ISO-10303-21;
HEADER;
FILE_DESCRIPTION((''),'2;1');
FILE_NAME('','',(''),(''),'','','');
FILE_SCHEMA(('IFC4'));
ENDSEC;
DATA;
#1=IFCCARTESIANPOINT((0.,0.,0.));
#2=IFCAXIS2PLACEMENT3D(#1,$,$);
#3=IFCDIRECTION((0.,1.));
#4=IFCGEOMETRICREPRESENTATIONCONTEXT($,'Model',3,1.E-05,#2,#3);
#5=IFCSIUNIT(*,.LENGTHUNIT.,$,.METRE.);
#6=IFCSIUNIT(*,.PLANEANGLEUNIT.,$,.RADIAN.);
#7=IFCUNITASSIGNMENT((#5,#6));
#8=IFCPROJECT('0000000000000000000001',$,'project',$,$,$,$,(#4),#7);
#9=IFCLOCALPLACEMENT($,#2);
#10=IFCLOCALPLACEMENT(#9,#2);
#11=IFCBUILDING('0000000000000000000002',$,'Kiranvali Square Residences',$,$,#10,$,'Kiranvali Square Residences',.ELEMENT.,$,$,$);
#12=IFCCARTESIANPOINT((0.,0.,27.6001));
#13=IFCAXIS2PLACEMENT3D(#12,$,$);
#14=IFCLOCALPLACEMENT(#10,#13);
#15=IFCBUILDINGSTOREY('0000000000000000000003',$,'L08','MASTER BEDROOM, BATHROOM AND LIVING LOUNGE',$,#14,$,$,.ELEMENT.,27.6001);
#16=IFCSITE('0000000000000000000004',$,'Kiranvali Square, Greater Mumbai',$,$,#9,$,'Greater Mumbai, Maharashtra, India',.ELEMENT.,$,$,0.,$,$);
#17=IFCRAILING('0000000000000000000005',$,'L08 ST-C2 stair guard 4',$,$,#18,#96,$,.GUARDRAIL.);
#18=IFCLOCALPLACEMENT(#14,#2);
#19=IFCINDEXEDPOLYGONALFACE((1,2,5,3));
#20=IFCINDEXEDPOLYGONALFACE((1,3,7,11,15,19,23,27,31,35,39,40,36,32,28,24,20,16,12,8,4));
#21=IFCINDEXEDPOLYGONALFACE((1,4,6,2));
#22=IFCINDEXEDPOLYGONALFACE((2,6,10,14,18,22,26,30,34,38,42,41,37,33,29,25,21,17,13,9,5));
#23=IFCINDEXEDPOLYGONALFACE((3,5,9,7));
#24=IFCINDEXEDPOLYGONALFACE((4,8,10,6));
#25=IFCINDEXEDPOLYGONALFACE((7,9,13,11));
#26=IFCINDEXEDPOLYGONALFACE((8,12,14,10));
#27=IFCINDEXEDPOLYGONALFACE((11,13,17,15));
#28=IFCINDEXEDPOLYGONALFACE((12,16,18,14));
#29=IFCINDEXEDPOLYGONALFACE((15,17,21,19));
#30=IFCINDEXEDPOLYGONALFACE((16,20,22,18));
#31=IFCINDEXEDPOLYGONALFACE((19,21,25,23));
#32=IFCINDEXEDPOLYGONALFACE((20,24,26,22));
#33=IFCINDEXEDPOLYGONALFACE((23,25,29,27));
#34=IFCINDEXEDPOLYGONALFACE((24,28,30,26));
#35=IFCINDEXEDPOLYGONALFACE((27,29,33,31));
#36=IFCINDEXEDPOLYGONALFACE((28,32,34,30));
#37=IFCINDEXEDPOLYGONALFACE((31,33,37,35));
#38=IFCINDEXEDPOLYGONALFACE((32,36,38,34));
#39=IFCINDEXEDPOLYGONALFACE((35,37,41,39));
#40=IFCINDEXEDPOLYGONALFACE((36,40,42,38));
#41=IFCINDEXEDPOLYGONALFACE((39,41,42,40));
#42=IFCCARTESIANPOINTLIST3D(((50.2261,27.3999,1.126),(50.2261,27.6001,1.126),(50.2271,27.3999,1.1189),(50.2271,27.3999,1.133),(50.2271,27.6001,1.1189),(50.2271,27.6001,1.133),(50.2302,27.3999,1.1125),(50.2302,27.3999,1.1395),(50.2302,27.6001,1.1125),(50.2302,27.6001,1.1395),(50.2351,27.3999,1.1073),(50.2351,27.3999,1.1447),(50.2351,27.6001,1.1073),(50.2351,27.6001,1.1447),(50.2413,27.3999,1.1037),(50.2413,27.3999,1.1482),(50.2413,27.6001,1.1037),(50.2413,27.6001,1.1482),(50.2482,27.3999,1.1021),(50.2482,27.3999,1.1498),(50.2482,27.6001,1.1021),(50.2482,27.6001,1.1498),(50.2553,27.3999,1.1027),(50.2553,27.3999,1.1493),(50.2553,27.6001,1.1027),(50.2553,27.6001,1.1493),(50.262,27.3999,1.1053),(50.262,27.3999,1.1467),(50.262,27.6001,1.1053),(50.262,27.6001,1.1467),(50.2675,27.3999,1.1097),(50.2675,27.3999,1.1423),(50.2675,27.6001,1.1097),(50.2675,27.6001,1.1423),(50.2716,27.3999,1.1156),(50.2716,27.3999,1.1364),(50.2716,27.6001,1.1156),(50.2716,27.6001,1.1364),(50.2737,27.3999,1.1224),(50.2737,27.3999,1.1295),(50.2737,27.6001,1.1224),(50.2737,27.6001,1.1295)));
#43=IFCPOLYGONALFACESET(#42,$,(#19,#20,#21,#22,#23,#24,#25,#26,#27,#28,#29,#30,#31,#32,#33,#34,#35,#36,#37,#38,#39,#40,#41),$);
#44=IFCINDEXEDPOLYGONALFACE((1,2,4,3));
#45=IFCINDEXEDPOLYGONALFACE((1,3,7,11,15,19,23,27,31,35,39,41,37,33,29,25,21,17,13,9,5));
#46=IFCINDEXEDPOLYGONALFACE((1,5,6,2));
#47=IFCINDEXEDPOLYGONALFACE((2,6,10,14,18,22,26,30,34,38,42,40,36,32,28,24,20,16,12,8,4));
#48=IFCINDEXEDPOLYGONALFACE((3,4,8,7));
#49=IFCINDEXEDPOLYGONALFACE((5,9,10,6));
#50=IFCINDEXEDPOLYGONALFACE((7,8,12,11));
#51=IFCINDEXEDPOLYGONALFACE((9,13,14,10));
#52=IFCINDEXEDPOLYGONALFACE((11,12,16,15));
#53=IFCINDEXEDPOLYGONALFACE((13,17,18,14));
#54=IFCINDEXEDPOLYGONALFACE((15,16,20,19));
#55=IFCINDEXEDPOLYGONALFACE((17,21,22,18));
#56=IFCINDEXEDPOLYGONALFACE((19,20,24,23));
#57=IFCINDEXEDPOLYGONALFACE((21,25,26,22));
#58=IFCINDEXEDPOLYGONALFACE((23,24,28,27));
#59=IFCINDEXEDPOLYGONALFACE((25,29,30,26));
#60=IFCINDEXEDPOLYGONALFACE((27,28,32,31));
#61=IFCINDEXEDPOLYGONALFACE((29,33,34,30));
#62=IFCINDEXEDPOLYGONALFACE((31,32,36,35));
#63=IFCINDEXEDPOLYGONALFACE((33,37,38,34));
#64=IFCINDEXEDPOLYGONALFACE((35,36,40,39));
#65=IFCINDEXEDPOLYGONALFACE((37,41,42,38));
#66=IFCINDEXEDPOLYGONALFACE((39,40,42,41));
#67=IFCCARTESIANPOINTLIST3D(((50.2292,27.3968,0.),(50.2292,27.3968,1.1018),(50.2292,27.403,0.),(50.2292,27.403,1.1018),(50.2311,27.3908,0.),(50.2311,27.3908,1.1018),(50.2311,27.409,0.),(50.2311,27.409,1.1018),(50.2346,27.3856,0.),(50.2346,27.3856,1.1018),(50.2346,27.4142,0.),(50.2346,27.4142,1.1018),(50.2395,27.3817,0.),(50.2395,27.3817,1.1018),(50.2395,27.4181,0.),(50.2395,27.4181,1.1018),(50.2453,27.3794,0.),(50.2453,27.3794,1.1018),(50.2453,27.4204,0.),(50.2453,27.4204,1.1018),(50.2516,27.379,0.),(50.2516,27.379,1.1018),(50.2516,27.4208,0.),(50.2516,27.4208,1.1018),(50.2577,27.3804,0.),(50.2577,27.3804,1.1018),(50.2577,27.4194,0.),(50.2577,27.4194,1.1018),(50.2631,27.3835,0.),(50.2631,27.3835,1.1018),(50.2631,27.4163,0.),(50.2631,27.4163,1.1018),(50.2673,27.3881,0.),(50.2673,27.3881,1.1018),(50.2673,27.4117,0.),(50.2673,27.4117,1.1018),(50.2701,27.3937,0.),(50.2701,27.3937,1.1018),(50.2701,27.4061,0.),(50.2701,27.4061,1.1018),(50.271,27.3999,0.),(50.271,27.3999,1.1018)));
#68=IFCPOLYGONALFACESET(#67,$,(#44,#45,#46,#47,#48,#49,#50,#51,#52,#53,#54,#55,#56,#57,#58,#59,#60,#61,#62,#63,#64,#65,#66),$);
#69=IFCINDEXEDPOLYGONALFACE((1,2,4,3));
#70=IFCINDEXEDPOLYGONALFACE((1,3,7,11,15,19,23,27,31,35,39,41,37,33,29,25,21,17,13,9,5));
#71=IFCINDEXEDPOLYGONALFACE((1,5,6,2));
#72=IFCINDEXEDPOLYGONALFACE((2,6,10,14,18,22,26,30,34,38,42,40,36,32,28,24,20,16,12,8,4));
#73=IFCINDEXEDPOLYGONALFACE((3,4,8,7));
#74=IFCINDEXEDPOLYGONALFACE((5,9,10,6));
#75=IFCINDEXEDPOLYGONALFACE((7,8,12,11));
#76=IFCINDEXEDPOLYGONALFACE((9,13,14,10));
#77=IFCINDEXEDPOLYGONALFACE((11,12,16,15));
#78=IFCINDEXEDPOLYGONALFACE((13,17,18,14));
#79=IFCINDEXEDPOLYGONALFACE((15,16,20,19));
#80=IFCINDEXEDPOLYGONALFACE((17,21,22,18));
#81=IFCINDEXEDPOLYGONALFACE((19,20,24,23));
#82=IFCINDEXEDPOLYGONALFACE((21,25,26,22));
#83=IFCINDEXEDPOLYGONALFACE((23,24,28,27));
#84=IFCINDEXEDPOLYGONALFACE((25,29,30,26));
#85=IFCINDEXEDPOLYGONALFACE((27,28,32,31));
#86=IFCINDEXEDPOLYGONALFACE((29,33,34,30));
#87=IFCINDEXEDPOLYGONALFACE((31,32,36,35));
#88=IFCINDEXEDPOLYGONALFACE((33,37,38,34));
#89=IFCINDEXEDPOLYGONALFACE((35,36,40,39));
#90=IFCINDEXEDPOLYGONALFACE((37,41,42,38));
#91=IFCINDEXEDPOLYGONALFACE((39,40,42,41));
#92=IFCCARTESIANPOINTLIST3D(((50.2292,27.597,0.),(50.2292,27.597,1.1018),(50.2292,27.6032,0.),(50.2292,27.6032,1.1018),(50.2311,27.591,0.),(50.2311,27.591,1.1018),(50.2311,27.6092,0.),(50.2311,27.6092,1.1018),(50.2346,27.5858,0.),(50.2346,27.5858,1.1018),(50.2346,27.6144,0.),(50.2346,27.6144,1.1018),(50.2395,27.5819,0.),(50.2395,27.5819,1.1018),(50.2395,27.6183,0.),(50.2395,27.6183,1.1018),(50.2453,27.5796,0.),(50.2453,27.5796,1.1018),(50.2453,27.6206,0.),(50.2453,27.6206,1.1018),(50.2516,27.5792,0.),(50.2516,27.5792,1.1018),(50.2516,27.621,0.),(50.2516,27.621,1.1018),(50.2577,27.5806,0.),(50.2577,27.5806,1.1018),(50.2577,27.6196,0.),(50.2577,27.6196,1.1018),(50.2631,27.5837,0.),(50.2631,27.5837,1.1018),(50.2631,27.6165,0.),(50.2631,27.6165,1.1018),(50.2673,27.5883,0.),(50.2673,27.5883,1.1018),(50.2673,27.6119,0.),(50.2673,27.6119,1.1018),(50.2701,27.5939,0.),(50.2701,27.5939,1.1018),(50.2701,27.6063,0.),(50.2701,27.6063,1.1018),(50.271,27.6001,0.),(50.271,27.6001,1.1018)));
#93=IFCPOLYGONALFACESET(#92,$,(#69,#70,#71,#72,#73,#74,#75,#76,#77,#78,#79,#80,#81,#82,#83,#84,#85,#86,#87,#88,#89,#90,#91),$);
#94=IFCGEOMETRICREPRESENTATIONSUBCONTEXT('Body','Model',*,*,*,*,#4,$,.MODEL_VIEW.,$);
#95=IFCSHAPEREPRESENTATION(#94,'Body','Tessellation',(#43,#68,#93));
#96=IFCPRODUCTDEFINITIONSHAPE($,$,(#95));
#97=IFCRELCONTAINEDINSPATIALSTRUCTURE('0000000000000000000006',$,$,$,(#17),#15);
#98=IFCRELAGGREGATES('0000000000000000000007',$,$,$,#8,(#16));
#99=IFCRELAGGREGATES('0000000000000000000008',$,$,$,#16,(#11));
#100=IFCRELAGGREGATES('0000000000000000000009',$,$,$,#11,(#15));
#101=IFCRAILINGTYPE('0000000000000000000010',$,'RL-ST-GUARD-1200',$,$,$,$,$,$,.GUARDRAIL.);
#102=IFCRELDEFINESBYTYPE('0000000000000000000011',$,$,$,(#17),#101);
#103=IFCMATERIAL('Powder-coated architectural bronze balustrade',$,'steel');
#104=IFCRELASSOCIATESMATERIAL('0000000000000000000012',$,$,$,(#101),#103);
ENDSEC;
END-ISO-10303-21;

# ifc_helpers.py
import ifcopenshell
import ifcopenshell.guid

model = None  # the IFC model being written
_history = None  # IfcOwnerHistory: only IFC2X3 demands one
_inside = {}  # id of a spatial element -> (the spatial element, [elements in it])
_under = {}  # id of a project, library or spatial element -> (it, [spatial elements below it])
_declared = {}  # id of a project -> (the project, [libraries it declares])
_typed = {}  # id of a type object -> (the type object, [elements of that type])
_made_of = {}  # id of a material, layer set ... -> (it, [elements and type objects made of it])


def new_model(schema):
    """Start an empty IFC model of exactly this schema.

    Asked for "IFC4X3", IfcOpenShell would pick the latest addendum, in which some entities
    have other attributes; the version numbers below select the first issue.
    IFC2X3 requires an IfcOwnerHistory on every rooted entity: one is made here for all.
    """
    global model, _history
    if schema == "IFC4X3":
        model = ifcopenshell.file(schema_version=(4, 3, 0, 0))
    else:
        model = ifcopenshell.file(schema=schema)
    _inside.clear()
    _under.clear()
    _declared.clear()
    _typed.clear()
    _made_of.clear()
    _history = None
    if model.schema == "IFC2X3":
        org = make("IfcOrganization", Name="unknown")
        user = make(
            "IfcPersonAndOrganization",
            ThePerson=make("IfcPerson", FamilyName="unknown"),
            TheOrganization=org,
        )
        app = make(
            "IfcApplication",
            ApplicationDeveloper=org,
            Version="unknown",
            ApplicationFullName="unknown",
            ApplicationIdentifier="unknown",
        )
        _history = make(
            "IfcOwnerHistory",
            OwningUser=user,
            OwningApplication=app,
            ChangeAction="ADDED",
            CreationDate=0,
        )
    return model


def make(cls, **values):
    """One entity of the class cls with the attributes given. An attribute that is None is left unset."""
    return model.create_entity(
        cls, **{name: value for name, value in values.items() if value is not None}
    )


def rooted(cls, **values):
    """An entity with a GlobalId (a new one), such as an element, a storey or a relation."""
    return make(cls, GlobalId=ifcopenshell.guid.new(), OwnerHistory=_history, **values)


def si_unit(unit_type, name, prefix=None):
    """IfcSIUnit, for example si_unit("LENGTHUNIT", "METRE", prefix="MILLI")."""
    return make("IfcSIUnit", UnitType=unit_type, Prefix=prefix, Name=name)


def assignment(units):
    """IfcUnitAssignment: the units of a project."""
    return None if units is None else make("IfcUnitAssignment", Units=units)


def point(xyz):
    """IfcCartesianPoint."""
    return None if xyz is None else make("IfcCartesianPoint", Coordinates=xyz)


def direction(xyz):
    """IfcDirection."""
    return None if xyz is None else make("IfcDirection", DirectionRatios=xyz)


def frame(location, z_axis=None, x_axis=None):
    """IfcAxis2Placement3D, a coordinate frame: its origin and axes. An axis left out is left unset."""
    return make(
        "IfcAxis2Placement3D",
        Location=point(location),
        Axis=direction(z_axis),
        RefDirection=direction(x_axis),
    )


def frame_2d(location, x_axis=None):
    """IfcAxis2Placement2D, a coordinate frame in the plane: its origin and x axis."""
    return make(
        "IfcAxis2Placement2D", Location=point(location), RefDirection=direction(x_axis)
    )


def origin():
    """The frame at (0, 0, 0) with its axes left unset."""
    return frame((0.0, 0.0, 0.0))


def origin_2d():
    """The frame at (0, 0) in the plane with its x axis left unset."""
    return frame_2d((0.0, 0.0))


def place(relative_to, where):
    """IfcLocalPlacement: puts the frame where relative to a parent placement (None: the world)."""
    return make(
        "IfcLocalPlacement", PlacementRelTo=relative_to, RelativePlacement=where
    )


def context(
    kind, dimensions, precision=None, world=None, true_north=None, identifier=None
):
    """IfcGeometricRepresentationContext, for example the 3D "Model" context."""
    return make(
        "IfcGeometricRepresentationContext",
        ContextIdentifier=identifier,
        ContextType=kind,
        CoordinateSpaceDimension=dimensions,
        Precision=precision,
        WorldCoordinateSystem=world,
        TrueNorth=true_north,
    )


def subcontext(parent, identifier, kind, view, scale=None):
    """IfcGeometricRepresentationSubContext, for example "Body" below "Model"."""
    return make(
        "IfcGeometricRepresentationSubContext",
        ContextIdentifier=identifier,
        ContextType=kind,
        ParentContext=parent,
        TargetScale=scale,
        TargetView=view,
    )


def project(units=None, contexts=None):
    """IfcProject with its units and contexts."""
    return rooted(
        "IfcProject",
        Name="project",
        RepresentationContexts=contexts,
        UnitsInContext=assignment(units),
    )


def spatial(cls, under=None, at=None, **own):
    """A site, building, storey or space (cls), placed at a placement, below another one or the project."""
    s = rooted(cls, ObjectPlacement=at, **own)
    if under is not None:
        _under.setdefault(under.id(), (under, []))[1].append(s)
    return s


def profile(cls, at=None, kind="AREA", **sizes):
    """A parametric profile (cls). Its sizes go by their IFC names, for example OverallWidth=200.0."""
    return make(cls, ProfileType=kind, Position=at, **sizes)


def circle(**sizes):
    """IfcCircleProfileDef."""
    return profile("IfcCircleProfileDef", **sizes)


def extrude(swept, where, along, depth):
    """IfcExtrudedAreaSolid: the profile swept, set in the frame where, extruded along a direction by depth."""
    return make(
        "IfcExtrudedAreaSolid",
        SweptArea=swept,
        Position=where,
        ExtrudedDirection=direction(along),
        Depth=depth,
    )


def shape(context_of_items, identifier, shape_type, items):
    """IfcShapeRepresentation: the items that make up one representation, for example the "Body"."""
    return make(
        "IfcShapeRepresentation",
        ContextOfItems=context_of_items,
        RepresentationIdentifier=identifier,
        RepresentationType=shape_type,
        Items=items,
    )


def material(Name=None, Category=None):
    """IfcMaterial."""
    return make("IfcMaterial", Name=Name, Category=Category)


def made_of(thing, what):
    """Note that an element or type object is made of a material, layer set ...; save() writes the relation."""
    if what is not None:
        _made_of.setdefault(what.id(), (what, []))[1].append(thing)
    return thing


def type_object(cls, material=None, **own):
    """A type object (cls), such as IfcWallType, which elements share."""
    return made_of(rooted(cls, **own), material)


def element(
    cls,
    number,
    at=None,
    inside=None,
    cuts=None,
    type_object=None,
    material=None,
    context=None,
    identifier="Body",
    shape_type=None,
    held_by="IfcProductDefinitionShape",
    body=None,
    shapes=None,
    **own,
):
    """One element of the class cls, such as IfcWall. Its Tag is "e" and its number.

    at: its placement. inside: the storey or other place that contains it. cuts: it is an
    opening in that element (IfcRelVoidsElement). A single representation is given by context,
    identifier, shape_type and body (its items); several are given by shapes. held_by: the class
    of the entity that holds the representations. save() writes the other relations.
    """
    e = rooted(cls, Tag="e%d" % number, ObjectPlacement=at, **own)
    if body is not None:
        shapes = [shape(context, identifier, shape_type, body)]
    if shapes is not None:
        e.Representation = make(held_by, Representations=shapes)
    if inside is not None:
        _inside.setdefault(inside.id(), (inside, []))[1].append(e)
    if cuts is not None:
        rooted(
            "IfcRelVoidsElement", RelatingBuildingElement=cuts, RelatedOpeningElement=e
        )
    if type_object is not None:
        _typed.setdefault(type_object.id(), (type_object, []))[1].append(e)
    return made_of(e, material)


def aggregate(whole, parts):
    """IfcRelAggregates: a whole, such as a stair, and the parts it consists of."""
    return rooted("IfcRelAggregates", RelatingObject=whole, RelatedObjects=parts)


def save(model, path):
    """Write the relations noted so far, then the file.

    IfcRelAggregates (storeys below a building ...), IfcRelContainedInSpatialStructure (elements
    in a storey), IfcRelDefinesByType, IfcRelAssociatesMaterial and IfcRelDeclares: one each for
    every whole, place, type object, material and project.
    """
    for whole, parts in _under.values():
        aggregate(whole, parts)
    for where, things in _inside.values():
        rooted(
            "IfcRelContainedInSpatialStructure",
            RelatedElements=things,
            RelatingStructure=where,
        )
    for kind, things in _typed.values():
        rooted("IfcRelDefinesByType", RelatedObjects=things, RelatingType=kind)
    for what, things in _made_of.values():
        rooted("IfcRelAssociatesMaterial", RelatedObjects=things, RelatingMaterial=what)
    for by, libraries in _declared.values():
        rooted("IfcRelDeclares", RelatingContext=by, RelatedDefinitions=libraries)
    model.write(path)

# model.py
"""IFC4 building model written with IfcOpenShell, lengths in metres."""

from ifc_helpers import new_model, si_unit, direction, frame, origin, origin_2d, place, context, subcontext, project, spatial, circle, extrude, material, type_object, element, save


model = new_model("IFC4")

# Units and contexts
model_context = context("Model", 3, precision=1e-05, world=origin(), true_north=direction((0.0, 1.0)))
body_context = subcontext(model_context, "Body", "Model", "MODEL_VIEW")
ifc_project = project(units=[si_unit("LENGTHUNIT", "METRE"), si_unit("PLANEANGLEUNIT", "RADIAN")], contexts=[model_context])

# Site, building, storey
site_placement = place(None, origin())
site = spatial("IfcSite", under=ifc_project, at=site_placement, Name="Kiranvali Square, Greater Mumbai", LongName="Greater Mumbai, Maharashtra, India", CompositionType="ELEMENT", RefElevation=0.0)
building_placement = place(site_placement, origin())
building = spatial("IfcBuilding", under=site, at=building_placement, Name="Kiranvali Square Residences", LongName="Kiranvali Square Residences", CompositionType="ELEMENT")
storey_placement = place(building_placement, frame((0.0, 0.0, 27.6001)))
storey = spatial("IfcBuildingStorey", under=building, at=storey_placement, Name="L08", Description="MASTER BEDROOM, BATHROOM AND LIVING LOUNGE", CompositionType="ELEMENT", Elevation=27.6001)

# Railing
ifc_material_1 = material(Name="Powder-coated architectural bronze balustrade", Category="steel")
railing_type_1 = type_object("IfcRailingType", Name="RL-ST-GUARD-1200", PredefinedType="GUARDRAIL", material=ifc_material_1)
railing_1_placement = place(storey_placement, frame((50.25, 27.3999, 0.0)))
element("IfcRailing", 1, at=railing_1_placement, inside=storey, type_object=railing_type_1, Name="L08 ST-C2 stair guard 4", PredefinedType="GUARDRAIL", context=body_context, shape_type="SweptSolid", body=[
    extrude(circle(Radius=0.0239, at=origin_2d()), frame((0.0, 0.0, 1.126), z_axis=(0.0, 1.0, 0.0), x_axis=(-1.0, 0.0, 0.0)), (0.0, 0.0, 1.0), 0.2002),
    extrude(circle(Radius=0.021, at=origin_2d()), origin(), (0.0, 0.0, 1.0), 1.1018),
    extrude(circle(Radius=0.021, at=origin_2d()), frame((0.0, 0.2002, 0.0)), (0.0, 0.0, 1.0), 1.1018),
])

save(model, "model.ifc")
